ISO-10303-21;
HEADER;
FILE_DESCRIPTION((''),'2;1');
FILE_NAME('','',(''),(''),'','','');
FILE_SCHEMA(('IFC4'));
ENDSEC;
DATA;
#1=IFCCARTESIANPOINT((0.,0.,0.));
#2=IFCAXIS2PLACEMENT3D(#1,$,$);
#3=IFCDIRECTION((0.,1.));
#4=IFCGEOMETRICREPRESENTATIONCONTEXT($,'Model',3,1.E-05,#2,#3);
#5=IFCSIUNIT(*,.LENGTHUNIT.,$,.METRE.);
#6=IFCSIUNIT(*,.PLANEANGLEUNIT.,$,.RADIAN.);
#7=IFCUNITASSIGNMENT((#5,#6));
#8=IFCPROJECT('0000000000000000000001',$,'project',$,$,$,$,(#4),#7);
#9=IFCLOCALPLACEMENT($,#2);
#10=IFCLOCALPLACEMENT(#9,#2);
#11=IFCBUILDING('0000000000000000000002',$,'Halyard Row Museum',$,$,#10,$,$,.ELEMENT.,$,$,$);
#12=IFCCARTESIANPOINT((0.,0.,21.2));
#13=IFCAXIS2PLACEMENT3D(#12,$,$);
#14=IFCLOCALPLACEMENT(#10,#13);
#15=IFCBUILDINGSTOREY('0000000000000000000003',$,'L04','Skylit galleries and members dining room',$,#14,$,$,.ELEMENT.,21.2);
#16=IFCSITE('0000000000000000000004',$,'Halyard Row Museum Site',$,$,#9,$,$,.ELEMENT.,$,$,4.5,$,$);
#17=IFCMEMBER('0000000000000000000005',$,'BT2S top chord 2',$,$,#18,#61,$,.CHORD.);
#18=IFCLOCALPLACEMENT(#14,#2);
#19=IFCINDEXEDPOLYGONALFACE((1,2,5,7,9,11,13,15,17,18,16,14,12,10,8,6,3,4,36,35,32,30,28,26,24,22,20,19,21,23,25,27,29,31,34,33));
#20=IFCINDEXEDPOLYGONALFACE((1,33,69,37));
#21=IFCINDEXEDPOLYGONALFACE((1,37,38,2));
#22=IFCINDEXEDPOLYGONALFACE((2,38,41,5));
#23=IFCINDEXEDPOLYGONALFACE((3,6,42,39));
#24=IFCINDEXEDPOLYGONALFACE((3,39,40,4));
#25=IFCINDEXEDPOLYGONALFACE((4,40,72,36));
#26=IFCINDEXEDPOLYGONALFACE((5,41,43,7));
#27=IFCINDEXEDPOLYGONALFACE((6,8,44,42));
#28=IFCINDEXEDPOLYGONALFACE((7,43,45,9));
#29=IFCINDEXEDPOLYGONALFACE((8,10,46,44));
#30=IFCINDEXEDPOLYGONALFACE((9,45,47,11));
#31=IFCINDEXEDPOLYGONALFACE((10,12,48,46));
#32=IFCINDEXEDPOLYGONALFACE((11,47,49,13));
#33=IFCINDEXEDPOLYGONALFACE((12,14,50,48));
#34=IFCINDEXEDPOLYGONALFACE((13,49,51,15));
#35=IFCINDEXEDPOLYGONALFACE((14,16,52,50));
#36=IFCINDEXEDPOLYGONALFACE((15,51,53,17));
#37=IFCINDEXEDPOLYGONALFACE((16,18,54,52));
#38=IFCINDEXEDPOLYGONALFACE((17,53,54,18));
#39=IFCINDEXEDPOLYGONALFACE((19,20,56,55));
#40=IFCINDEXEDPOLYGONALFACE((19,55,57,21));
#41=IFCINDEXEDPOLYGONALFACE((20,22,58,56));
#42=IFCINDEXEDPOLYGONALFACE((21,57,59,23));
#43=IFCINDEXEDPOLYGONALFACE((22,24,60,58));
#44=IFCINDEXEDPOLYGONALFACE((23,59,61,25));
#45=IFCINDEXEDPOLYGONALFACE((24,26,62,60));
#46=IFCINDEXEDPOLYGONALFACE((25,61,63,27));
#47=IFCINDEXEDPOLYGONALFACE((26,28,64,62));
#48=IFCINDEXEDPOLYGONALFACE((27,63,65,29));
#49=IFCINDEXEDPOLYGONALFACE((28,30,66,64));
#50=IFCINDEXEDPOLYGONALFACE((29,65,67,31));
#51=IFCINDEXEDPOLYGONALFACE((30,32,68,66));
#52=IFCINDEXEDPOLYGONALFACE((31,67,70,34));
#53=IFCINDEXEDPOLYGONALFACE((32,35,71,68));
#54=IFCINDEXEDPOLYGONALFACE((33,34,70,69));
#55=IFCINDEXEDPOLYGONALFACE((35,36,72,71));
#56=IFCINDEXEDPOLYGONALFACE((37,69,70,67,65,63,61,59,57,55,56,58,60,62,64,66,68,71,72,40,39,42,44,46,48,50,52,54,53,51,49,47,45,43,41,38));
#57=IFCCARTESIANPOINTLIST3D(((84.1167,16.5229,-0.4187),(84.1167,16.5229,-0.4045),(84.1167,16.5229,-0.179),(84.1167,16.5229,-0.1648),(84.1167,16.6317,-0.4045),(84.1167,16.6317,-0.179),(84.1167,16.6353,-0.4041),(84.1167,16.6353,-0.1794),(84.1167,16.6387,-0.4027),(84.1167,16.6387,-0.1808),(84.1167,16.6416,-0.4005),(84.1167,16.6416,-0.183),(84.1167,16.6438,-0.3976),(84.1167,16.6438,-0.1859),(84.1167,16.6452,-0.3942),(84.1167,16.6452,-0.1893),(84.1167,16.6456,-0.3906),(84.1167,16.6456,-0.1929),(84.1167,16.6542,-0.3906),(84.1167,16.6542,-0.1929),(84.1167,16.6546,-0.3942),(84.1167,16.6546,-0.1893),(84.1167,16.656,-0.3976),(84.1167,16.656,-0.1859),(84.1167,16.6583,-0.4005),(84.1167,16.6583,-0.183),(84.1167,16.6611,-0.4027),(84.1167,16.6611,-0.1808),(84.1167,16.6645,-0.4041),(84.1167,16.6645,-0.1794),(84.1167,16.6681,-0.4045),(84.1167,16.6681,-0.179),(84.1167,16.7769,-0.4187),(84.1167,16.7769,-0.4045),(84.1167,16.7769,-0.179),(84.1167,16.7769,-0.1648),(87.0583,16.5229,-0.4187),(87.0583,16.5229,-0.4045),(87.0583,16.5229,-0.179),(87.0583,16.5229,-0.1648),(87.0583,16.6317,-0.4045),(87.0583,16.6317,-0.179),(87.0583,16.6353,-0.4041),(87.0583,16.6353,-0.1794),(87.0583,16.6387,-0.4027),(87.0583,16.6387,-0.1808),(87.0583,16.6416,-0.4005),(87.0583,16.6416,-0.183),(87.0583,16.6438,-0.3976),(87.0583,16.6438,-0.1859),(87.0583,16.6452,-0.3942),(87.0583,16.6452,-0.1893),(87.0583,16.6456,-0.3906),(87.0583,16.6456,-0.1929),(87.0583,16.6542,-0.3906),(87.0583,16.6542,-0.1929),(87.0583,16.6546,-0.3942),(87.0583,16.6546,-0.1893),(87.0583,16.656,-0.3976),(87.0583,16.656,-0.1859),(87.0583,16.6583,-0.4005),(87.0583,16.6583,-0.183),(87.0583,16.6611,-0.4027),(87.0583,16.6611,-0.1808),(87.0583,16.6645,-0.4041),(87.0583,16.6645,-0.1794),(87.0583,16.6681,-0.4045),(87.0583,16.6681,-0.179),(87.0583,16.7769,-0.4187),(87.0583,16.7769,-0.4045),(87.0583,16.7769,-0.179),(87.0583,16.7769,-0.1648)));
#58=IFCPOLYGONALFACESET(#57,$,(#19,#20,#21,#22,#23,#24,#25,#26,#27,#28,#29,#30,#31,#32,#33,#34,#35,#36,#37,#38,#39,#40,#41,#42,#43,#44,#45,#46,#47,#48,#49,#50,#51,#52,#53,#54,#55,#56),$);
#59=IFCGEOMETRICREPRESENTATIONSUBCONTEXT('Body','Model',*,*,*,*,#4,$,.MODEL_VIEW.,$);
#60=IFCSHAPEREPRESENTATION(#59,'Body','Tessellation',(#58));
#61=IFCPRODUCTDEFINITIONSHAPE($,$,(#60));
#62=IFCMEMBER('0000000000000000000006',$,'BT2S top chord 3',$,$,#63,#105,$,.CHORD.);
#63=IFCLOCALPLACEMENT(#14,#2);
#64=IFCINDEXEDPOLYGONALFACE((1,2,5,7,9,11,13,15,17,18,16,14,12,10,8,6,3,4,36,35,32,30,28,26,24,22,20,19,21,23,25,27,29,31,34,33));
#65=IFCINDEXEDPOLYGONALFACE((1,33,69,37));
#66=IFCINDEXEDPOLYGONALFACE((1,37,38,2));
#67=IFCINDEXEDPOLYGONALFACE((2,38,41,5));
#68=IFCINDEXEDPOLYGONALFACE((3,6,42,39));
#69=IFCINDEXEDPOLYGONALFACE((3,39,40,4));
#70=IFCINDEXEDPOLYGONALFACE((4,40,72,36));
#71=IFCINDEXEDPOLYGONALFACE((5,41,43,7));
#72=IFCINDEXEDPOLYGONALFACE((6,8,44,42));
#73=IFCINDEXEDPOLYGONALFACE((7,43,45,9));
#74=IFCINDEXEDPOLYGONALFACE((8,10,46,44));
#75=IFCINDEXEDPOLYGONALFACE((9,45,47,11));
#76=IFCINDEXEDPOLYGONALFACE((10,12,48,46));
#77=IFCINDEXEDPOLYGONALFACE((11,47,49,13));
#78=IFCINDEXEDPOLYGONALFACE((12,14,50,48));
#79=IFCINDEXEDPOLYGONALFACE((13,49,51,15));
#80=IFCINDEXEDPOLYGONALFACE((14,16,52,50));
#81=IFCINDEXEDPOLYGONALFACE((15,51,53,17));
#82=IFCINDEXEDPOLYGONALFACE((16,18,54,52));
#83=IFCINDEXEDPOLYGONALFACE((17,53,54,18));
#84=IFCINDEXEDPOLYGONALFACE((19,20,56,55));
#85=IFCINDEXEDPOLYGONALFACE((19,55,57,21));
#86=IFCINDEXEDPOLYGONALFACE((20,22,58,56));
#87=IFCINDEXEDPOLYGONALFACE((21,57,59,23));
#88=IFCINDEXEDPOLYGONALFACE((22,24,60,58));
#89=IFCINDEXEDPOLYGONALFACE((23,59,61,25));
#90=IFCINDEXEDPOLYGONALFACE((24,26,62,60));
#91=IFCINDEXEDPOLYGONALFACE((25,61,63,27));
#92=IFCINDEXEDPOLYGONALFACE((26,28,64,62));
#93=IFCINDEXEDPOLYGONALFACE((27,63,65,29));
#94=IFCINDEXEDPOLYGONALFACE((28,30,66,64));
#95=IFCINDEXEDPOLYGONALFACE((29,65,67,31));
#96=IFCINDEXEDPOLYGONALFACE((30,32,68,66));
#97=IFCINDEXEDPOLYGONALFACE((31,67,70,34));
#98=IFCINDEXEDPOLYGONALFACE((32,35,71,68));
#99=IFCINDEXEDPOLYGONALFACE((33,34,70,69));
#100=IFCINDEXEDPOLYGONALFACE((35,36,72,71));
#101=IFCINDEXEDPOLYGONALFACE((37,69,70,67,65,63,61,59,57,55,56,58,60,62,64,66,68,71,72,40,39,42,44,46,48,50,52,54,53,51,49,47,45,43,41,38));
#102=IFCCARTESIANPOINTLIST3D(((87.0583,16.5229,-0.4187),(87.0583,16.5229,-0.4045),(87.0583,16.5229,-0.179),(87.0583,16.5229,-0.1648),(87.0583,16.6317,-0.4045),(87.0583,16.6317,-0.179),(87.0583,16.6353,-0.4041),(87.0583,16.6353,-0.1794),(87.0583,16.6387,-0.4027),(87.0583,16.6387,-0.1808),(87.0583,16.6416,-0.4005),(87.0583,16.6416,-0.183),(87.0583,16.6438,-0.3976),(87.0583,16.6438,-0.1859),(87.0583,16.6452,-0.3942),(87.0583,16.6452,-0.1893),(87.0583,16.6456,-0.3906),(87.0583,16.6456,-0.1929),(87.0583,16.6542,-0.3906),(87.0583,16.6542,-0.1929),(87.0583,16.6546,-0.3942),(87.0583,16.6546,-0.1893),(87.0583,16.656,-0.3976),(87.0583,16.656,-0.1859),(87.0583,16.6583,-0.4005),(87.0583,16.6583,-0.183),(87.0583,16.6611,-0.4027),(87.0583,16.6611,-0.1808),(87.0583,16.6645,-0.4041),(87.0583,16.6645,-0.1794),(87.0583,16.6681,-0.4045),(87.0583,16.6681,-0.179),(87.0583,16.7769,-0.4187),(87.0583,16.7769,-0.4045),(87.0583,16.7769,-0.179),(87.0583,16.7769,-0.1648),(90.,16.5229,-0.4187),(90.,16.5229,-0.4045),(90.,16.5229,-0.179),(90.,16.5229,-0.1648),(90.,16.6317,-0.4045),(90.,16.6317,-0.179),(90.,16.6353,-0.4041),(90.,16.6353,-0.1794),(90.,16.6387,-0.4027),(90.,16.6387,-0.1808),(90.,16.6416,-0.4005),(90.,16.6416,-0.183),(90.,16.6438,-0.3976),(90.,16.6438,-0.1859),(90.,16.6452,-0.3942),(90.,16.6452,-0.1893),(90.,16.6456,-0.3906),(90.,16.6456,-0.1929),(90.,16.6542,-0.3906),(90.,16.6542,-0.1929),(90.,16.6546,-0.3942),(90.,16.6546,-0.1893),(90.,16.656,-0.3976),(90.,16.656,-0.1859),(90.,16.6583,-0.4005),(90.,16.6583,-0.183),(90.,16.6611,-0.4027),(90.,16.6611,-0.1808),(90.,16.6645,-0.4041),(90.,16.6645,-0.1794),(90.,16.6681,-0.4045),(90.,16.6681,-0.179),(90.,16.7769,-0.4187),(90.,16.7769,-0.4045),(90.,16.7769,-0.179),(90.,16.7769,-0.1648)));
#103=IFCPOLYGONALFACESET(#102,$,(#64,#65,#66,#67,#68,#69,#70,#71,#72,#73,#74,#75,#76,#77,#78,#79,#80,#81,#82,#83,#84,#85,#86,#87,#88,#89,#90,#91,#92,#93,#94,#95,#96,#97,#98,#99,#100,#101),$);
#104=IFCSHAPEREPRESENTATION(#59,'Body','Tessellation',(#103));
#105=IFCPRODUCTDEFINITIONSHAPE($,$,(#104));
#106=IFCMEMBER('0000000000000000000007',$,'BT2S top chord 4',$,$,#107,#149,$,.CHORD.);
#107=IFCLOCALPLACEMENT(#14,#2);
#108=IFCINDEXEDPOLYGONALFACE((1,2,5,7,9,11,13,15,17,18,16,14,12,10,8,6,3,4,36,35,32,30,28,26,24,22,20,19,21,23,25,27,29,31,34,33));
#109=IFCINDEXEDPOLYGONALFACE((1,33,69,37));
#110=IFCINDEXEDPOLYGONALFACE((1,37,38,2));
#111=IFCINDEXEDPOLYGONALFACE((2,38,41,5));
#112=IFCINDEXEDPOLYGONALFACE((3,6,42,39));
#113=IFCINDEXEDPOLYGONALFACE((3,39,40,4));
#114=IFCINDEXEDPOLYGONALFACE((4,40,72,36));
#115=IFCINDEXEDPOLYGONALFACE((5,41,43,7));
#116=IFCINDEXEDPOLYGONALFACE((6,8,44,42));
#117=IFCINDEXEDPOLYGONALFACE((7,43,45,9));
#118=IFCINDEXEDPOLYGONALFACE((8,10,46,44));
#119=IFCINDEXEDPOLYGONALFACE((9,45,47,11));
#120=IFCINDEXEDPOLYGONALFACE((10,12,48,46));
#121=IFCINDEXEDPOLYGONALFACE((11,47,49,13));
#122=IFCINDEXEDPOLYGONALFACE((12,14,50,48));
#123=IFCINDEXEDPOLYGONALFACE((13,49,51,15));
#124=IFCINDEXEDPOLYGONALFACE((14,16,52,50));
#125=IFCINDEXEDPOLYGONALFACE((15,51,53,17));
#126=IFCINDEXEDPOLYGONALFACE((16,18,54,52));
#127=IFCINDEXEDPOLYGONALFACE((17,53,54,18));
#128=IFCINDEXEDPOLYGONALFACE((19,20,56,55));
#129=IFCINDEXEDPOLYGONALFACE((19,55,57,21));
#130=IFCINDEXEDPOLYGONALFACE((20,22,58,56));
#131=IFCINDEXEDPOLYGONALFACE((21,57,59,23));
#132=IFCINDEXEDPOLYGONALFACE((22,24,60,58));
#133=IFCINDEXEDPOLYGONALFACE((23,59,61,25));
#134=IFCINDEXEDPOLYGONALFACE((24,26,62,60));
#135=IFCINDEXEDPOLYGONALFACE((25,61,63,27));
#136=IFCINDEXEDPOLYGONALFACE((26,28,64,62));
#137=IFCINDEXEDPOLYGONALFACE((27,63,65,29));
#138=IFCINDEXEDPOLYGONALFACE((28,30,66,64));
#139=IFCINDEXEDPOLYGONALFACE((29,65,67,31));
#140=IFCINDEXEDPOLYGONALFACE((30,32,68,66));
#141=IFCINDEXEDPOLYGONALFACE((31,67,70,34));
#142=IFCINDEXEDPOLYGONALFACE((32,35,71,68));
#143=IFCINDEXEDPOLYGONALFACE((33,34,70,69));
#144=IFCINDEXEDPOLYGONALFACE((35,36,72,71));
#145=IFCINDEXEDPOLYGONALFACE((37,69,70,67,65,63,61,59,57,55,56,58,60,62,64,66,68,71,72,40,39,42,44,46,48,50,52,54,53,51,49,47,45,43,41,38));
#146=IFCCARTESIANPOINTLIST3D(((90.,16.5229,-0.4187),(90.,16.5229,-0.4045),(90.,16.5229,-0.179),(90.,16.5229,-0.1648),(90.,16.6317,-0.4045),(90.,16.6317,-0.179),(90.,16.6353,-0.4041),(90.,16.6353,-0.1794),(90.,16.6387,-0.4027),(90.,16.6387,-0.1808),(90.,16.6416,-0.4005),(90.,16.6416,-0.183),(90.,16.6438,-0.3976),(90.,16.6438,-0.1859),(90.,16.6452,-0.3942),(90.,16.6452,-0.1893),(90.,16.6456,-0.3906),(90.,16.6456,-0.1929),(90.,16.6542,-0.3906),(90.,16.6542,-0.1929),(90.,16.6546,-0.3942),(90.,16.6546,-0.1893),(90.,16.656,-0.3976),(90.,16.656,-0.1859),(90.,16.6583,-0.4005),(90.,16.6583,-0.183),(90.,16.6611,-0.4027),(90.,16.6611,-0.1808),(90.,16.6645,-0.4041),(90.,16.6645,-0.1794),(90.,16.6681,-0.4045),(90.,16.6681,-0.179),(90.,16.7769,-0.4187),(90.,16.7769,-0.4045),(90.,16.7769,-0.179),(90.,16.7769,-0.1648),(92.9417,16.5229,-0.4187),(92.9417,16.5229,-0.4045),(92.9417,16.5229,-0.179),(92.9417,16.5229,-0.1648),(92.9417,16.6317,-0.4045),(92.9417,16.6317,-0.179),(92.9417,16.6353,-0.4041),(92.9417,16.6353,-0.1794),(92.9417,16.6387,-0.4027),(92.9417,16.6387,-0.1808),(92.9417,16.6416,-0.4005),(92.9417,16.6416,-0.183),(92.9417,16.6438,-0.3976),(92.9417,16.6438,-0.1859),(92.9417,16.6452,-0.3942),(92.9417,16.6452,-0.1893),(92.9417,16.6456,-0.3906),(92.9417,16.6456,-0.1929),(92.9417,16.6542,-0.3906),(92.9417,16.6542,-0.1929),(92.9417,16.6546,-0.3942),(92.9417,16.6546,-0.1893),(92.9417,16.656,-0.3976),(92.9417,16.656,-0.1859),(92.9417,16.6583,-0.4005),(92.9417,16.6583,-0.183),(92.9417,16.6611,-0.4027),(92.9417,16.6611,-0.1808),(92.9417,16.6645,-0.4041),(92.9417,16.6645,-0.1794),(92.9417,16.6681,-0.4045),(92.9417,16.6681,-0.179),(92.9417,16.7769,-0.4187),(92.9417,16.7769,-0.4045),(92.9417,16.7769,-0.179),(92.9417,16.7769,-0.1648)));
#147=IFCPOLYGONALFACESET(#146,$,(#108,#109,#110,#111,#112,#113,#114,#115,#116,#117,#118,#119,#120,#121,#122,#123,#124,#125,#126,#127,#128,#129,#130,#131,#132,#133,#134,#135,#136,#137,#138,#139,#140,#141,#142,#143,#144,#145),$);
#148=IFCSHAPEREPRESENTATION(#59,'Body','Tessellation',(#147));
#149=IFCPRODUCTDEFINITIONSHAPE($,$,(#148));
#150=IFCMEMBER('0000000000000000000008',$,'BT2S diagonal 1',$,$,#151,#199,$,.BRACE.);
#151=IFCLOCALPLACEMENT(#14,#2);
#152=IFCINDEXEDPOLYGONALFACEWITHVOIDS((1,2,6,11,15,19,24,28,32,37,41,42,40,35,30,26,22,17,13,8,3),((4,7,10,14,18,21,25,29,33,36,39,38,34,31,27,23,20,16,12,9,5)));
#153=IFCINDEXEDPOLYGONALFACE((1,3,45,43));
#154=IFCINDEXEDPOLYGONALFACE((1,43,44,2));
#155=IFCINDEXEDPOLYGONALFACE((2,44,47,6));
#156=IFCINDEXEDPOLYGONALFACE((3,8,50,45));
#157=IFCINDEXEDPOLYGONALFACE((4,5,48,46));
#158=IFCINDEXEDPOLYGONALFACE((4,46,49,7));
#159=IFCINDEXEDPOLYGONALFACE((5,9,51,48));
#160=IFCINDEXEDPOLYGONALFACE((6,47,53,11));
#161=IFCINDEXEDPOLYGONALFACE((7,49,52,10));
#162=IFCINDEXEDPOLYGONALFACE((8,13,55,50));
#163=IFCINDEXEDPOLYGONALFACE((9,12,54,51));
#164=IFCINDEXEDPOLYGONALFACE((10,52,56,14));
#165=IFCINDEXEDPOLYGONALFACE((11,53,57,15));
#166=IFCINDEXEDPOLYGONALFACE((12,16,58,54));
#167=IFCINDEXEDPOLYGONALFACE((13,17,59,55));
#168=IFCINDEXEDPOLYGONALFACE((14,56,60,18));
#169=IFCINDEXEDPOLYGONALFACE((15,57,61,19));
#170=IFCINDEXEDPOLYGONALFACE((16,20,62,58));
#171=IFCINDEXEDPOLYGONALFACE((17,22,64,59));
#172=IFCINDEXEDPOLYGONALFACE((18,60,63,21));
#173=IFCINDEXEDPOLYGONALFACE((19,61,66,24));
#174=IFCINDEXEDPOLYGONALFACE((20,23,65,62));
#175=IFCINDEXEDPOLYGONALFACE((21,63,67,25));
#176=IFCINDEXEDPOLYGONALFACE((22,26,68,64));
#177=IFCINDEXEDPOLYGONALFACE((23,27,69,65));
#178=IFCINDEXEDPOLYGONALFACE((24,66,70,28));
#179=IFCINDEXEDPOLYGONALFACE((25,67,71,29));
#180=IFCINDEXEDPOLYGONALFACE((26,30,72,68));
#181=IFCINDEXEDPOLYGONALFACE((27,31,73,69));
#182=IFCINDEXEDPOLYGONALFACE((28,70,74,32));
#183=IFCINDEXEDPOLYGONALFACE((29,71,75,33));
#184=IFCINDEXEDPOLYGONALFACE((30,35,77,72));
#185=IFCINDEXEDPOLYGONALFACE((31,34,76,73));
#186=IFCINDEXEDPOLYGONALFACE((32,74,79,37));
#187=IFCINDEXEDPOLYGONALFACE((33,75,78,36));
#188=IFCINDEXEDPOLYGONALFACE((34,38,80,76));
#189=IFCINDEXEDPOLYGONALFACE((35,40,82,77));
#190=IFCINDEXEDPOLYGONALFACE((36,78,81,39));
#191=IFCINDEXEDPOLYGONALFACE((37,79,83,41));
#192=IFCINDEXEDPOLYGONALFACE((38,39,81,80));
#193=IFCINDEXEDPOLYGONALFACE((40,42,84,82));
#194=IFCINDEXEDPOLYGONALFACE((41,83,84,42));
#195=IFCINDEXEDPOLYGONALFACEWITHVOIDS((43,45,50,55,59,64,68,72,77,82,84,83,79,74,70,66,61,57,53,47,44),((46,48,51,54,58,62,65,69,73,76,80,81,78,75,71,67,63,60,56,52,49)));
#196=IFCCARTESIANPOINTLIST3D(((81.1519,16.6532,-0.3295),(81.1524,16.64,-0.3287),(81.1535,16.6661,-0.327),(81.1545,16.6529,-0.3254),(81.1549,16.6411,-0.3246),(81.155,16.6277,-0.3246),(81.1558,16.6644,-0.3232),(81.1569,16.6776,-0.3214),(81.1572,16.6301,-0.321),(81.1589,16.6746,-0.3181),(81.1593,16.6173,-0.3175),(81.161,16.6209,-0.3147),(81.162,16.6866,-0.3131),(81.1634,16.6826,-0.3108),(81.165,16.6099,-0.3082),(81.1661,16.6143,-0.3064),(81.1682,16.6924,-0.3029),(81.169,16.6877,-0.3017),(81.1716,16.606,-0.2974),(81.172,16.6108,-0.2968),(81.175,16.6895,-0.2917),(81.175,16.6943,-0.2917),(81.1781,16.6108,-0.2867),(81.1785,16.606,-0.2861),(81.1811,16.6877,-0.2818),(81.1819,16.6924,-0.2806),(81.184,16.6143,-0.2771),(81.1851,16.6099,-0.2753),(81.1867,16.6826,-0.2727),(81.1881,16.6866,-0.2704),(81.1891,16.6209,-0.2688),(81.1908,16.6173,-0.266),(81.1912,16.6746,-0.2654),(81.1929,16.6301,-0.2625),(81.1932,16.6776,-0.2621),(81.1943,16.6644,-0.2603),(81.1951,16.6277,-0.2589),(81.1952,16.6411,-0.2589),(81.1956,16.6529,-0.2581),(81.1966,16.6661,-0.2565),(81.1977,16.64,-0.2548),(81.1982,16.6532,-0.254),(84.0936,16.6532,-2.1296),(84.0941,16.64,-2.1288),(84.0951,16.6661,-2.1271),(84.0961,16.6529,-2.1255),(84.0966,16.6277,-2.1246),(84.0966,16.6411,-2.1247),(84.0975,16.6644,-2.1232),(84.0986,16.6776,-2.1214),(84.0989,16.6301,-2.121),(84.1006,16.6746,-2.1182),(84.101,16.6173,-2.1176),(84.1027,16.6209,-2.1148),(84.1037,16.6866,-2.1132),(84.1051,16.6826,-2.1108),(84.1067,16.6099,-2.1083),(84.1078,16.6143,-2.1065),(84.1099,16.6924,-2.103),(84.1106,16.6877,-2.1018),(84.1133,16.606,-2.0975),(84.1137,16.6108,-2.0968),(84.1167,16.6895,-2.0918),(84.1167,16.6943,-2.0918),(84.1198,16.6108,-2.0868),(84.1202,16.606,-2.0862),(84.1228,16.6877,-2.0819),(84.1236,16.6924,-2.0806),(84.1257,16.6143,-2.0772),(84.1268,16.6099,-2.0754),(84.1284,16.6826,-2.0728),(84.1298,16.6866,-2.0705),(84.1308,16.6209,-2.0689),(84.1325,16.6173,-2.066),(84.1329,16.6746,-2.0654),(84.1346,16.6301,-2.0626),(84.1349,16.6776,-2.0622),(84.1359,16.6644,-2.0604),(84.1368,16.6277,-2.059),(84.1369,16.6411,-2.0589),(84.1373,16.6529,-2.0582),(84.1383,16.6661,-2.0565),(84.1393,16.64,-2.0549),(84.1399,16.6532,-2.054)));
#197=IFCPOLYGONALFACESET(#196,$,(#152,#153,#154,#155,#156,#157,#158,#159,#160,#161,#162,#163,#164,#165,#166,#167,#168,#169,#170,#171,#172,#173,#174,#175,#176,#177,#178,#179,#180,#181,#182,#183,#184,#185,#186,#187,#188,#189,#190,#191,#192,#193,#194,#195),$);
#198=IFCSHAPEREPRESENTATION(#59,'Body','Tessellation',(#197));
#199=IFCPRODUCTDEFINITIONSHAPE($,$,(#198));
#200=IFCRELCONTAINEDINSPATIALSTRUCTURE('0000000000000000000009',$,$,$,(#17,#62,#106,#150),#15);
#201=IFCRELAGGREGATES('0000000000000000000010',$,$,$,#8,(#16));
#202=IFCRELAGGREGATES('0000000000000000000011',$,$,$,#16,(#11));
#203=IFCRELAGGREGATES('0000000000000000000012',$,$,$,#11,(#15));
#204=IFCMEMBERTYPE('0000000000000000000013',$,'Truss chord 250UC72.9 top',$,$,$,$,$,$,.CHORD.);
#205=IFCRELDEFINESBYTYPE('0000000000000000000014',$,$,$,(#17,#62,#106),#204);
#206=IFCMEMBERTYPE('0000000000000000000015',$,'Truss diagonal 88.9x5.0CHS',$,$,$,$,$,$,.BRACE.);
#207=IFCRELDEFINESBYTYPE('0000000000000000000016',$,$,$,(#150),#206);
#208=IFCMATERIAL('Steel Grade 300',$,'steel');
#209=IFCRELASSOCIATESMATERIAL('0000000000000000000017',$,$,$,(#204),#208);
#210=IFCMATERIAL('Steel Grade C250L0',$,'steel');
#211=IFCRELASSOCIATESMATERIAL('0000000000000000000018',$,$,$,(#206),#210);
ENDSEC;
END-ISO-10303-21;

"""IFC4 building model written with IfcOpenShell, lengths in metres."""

from ifc_helpers import new_model, si_unit, direction, frame, origin, origin_2d, place, context, subcontext, project, spatial, hollow_circle, i_section, extrude, material, material_profile, profile_set, type_object, element, save


model = new_model("IFC4")

# Units and contexts
model_context = context("Model", 3, precision=1e-05, world=origin(), true_north=direction((0.0, 1.0)))
body_context = subcontext(model_context, "Body", "Model", "MODEL_VIEW")
ifc_project = project(units=[si_unit("LENGTHUNIT", "METRE"), si_unit("PLANEANGLEUNIT", "RADIAN")], contexts=[model_context])

# Site, building, storey
site_placement = place(None, origin())
site = spatial("IfcSite", under=ifc_project, at=site_placement, Name="Halyard Row Museum Site", CompositionType="ELEMENT", RefElevation=4.5)
building_placement = place(site_placement, origin())
building = spatial("IfcBuilding", under=site, at=building_placement, Name="Halyard Row Museum", CompositionType="ELEMENT")
storey_placement = place(building_placement, frame((0.0, 0.0, 21.2)))
storey = spatial("IfcBuildingStorey", under=building, at=storey_placement, Name="L04", Description="Skylit galleries and members dining room", CompositionType="ELEMENT", Elevation=21.2)

# Members
ifc_material_1 = material(Name="Steel Grade 300", Category="steel")
ifc_material_profile_1 = material_profile(ifc_material_1, i_section(OverallWidth=0.2539, OverallDepth=0.2539, WebThickness=0.0085, FlangeThickness=0.0142, FilletRadius=0.0139, at=origin_2d()), Name="250UC72.9")
ifc_profile_set_1 = profile_set([ifc_material_profile_1], Name="Steel Grade 300")
member_type_1 = type_object("IfcMemberType", Name="Truss chord 250UC72.9 top", PredefinedType="CHORD", material=ifc_profile_set_1)
for number, where, z_axis, x_axis, name in (
    (1, (84.1167, 16.6499, -0.2917), (1.0, 0.0, 0.0), (0.0, 1.0, 0.0), "BT2S top chord 2"),
    (2, (87.0583, 16.6499, -0.2917), (1.0, 0.0, 0.0), (0.0, 1.0, 0.0), "BT2S top chord 3"),
    (3, (90.0, 16.6499, -0.2917), (1.0, 0.0, 0.0), (0.0, 1.0, 0.0), "BT2S top chord 4"),
):
    element("IfcMember", number, at=place(storey_placement, frame(where, z_axis=z_axis, x_axis=x_axis)), inside=storey, type_object=member_type_1, Name=name, PredefinedType="CHORD", context=body_context, shape_type="SweptSolid", body=[
        extrude(i_section(OverallWidth=0.2539, OverallDepth=0.2539, WebThickness=0.0085, FlangeThickness=0.0142, FilletRadius=0.0139, at=origin_2d()), origin(), (0.0, 0.0, 1.0), 2.9417),
    ])
ifc_material_2 = material(Name="Steel Grade C250L0", Category="steel")
ifc_material_profile_2 = material_profile(ifc_material_2, hollow_circle(Radius=0.0444, WallThickness=0.0049, at=origin_2d()), Name="88.9x5.0CHS")
ifc_profile_set_2 = profile_set([ifc_material_profile_2], Name="Steel Grade C250L0")
member_type_2 = type_object("IfcMemberType", Name="Truss diagonal 88.9x5.0CHS", PredefinedType="BRACE", material=ifc_profile_set_2)
for number, where, z_axis, x_axis, name in (
    (4, (81.175, 16.6499, -0.2917), (0.852975, 0.0, -0.521951), (0.0, 1.0, 0.0), "BT2S diagonal 1"),
):
    element("IfcMember", number, at=place(storey_placement, frame(where, z_axis=z_axis, x_axis=x_axis)), inside=storey, type_object=member_type_2, Name=name, PredefinedType="BRACE", context=body_context, shape_type="SweptSolid", body=[
        extrude(hollow_circle(Radius=0.0444, WallThickness=0.0049, at=origin_2d()), origin(), (0.0, 0.0, 1.0), 3.4487),
    ])

save(model, "model.ifc")
